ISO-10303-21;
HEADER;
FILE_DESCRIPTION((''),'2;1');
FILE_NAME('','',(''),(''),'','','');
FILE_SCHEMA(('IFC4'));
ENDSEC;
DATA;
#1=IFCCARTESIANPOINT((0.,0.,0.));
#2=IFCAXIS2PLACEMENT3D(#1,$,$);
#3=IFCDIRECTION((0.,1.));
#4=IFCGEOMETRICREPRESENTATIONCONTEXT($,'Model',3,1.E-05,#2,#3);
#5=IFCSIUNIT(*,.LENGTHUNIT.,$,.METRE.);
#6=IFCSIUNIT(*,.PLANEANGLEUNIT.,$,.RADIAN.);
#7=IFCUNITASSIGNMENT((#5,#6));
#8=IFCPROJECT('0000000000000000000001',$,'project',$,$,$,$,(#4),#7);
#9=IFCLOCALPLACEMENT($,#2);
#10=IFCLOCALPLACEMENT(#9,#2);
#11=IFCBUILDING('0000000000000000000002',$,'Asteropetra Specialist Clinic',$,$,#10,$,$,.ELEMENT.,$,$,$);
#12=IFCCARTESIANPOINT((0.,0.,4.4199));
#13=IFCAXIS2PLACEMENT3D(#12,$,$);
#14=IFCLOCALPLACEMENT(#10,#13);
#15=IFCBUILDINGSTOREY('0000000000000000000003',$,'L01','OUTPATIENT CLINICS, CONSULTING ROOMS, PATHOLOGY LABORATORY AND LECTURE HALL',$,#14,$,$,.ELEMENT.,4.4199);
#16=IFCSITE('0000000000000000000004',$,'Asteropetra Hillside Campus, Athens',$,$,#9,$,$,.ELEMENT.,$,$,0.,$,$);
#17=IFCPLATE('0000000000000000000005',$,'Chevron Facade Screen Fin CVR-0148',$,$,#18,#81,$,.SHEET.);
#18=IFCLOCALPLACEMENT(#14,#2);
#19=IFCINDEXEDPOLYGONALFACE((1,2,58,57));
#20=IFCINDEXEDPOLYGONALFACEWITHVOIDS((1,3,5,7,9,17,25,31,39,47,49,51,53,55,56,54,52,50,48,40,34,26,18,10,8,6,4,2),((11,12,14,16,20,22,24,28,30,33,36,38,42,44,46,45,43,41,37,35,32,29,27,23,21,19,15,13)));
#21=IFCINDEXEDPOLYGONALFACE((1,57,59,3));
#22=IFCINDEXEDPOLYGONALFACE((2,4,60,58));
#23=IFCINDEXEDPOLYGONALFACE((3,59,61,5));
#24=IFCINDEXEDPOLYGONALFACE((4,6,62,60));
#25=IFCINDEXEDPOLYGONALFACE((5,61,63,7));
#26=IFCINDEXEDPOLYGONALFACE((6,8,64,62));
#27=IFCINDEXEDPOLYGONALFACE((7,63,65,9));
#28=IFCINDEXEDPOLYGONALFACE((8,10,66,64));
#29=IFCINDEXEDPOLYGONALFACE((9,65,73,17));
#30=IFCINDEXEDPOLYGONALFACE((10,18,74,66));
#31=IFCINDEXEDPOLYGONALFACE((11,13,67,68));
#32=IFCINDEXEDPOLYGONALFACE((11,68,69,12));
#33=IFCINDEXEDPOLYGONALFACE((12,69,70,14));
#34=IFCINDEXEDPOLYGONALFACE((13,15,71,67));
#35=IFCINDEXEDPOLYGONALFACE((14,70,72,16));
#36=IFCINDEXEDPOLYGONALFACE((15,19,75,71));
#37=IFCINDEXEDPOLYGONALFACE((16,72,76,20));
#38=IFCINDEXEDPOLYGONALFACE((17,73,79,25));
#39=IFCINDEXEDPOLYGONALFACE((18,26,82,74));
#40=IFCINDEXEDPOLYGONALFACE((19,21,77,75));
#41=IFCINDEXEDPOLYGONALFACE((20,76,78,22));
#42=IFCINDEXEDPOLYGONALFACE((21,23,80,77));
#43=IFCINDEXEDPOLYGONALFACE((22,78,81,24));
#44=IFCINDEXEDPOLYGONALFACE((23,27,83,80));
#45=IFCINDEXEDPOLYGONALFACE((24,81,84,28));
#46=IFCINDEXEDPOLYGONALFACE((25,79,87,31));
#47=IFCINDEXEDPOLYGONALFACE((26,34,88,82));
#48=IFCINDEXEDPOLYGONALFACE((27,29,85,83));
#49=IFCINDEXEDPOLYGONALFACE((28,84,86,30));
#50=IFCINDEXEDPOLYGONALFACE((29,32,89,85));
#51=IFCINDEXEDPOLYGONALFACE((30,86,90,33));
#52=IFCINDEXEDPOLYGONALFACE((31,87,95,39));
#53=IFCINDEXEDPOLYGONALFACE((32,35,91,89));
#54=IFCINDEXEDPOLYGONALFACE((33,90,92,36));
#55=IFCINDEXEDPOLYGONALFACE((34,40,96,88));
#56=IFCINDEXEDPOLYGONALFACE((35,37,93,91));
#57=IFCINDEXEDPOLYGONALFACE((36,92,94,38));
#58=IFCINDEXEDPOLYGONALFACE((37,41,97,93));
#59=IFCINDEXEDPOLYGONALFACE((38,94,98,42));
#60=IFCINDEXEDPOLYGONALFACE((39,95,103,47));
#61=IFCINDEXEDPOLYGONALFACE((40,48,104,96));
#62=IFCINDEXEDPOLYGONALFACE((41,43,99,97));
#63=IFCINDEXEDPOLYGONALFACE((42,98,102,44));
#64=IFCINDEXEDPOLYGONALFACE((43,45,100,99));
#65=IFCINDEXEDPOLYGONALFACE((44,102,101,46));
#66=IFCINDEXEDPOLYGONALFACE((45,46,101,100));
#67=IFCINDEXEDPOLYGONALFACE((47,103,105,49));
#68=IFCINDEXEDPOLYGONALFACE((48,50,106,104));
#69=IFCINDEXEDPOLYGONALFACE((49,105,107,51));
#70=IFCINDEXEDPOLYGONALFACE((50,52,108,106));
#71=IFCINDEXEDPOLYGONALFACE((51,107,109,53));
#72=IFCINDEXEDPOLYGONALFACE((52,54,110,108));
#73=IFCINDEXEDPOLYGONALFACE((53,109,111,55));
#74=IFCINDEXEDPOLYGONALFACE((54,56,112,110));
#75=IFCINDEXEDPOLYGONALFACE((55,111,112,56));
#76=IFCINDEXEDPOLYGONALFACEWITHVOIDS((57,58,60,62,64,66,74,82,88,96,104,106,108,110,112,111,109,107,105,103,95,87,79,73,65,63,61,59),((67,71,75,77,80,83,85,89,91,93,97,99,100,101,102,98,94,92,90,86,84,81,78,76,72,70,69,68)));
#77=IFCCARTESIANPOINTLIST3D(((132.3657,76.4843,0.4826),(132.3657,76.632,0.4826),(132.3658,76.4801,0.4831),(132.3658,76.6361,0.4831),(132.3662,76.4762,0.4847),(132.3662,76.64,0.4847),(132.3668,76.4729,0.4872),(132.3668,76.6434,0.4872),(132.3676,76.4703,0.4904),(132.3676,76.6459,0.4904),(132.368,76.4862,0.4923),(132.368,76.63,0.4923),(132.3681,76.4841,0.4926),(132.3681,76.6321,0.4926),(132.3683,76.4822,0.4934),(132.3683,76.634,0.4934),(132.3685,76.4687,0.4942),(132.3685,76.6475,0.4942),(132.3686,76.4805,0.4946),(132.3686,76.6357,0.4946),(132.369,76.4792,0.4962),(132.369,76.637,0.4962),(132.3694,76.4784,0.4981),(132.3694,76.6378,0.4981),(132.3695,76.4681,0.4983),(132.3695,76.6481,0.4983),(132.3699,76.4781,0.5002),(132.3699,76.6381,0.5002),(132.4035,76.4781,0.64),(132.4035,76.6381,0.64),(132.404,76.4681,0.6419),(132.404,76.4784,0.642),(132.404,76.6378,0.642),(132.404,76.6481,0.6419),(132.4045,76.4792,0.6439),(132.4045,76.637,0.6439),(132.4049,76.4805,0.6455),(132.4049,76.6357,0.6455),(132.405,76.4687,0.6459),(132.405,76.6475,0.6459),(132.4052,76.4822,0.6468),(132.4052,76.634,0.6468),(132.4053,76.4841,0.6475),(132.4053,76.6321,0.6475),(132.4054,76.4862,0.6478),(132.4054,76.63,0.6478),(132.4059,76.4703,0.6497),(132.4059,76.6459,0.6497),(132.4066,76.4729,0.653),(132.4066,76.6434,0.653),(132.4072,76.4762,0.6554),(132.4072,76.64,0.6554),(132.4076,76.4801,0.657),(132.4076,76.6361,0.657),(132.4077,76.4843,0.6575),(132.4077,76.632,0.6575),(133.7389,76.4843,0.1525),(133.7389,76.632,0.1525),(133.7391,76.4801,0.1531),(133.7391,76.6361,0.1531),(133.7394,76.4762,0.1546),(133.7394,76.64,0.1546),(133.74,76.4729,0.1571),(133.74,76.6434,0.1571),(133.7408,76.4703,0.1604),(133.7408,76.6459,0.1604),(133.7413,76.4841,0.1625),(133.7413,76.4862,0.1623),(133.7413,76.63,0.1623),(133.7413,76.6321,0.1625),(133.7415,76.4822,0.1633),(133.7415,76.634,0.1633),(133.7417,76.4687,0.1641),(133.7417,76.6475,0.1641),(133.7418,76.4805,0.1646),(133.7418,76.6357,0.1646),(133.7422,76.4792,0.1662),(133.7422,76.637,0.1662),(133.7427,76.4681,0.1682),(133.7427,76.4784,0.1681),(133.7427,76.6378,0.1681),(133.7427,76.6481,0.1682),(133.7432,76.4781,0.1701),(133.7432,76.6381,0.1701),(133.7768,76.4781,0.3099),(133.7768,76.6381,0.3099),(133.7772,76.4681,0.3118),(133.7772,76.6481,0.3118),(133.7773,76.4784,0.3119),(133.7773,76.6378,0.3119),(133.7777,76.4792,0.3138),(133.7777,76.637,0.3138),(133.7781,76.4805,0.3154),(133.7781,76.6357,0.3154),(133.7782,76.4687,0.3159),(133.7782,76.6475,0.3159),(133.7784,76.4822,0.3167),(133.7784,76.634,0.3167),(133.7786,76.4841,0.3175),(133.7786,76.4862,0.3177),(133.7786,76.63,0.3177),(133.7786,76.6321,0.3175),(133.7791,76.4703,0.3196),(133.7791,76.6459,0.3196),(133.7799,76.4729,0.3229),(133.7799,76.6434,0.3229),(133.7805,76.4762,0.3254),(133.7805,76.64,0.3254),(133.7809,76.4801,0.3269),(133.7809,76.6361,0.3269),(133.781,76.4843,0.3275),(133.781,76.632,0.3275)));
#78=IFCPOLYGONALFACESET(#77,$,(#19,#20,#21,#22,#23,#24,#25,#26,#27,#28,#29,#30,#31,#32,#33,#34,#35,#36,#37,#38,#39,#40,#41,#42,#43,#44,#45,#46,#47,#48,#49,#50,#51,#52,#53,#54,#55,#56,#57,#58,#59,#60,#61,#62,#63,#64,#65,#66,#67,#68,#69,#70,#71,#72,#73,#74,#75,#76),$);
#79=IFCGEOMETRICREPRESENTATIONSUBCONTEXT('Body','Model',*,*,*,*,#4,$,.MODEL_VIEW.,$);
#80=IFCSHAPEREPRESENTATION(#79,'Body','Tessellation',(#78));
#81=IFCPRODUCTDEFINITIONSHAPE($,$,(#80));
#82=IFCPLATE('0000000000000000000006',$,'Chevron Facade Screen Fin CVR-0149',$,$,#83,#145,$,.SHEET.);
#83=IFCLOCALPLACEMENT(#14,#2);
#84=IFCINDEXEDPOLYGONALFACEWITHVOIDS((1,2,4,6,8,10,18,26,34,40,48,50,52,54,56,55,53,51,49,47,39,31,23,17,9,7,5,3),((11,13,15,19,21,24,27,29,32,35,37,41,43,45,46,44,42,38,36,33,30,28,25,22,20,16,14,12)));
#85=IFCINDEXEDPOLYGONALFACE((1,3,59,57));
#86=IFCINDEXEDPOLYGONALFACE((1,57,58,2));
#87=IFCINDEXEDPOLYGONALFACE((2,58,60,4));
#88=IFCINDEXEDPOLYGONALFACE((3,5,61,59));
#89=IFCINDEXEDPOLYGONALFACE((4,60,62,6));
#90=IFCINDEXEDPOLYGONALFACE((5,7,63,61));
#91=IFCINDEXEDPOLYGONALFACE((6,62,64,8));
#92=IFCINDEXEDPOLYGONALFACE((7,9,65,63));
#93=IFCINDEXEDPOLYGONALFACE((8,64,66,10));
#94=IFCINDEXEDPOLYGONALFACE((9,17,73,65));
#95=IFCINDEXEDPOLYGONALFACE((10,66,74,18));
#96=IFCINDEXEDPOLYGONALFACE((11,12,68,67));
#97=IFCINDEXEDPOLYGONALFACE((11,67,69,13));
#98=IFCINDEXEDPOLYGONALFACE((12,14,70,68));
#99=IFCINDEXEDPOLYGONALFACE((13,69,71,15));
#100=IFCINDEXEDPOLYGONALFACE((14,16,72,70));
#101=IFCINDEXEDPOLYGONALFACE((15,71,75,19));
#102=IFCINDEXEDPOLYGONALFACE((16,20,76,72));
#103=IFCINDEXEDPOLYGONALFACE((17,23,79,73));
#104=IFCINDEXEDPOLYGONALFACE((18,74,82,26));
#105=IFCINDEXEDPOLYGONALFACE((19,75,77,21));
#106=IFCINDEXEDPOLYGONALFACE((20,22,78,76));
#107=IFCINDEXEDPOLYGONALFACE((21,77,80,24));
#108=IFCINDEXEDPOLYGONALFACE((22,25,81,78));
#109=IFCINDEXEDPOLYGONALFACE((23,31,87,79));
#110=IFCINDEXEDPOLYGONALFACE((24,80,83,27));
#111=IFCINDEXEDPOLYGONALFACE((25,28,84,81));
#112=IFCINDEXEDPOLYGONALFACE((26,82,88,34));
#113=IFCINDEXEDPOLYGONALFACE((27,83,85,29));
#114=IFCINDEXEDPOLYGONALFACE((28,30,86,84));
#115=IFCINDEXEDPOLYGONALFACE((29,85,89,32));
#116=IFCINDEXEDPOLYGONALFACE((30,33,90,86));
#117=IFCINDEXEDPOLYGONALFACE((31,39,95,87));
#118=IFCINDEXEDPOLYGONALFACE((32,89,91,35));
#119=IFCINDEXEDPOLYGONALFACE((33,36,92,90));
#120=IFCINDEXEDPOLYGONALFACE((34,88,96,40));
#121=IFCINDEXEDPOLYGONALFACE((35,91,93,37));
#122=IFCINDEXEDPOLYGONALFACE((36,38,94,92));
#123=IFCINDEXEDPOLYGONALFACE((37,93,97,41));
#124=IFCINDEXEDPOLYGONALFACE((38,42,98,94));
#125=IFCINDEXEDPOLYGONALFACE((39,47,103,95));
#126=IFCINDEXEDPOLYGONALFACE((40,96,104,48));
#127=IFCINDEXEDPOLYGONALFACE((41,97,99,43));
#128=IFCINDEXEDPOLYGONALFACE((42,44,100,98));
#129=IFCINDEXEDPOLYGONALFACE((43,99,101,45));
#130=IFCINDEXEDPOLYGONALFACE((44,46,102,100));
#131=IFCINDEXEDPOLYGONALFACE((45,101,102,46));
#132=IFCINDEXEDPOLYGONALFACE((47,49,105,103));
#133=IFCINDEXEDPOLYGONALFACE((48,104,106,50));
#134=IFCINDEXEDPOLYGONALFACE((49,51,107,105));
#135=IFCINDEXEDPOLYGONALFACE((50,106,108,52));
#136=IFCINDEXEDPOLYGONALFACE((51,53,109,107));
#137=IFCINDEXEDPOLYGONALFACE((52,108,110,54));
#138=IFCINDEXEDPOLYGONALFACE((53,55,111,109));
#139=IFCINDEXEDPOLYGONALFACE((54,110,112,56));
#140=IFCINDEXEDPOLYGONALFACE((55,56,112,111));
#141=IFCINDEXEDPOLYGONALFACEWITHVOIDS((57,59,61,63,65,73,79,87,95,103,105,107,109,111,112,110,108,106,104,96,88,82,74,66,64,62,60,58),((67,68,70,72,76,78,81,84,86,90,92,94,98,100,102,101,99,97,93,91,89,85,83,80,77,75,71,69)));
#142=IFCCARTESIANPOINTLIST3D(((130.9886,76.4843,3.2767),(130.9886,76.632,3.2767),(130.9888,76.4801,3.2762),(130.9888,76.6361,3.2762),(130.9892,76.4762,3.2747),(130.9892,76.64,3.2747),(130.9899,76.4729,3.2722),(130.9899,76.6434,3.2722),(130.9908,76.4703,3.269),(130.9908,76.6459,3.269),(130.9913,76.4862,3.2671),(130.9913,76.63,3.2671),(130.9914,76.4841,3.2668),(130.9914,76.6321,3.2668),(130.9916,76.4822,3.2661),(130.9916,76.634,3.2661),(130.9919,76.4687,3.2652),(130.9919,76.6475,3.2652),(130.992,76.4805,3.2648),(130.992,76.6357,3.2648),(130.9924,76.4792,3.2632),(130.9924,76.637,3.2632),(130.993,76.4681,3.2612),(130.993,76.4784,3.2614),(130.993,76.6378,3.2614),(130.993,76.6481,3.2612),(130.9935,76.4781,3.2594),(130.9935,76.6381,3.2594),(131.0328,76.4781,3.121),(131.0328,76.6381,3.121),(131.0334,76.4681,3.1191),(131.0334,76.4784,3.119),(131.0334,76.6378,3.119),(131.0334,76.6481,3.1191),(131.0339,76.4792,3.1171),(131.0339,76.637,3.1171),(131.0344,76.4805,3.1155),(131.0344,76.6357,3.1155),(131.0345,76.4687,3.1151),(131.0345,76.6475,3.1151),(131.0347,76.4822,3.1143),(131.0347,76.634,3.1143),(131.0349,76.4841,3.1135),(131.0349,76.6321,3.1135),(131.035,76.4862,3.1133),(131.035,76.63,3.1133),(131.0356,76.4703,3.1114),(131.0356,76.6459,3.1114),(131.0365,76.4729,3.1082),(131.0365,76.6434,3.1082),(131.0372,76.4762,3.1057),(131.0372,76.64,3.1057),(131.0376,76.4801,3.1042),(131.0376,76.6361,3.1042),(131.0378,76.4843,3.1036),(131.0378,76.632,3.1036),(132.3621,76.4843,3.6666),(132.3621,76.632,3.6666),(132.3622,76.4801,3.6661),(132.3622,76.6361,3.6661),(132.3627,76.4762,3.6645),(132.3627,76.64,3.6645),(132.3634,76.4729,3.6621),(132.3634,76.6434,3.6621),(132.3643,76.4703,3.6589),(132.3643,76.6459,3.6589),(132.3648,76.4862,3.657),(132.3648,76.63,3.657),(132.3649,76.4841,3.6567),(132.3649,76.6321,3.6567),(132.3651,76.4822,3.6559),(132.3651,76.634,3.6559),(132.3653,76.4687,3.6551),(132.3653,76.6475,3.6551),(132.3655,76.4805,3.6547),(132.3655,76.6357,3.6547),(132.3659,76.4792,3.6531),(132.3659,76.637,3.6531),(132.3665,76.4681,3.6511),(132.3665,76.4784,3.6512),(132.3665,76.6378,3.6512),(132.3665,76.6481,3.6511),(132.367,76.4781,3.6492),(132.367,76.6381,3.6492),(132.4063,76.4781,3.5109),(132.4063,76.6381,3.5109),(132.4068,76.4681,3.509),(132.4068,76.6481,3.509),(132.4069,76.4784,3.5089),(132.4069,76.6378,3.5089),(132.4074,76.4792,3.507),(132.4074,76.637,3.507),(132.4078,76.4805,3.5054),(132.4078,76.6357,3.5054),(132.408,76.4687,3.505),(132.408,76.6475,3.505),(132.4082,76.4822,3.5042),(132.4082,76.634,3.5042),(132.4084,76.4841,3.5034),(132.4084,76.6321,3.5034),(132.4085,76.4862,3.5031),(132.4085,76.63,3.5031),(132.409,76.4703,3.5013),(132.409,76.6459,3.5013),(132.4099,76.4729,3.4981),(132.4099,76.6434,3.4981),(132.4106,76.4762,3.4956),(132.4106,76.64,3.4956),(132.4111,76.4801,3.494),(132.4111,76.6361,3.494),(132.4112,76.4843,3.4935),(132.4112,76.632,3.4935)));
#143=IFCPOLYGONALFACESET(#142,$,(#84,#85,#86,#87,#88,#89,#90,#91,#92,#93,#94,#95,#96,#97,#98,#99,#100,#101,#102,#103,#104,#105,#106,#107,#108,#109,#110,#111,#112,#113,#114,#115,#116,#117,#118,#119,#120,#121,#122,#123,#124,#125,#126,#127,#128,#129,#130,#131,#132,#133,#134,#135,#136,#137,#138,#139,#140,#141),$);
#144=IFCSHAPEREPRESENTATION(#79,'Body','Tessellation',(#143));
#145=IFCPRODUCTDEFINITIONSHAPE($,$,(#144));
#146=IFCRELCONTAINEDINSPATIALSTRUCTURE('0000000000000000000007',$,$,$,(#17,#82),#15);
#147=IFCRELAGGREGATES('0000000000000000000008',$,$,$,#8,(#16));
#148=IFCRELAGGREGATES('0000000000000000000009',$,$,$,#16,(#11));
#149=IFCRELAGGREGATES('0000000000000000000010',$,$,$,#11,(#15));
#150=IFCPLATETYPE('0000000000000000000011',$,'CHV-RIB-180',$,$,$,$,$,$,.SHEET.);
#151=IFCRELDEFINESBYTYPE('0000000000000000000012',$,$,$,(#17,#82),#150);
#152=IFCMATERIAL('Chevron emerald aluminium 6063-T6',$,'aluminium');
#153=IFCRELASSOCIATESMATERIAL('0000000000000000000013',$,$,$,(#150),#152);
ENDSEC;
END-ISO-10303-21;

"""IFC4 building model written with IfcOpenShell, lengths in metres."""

from ifc_helpers import new_model, si_unit, direction, frame, origin, origin_2d, place, context, subcontext, project, spatial, hollow_rectangle, extrude, material, material_profile, profile_set, type_object, element, save


model = new_model("IFC4")

# Units and contexts
model_context = context("Model", 3, precision=1e-05, world=origin(), true_north=direction((0.0, 1.0)))
body_context = subcontext(model_context, "Body", "Model", "MODEL_VIEW")
ifc_project = project(units=[si_unit("LENGTHUNIT", "METRE"), si_unit("PLANEANGLEUNIT", "RADIAN")], contexts=[model_context])

# Site, building, storey
site_placement = place(None, origin())
site = spatial("IfcSite", under=ifc_project, at=site_placement, Name="Asteropetra Hillside Campus, Athens", CompositionType="ELEMENT", RefElevation=0.0)
building_placement = place(site_placement, origin())
building = spatial("IfcBuilding", under=site, at=building_placement, Name="Asteropetra Specialist Clinic", CompositionType="ELEMENT")
storey_placement = place(building_placement, frame((0.0, 0.0, 4.4199)))
storey = spatial("IfcBuildingStorey", under=building, at=storey_placement, Name="L01", Description="OUTPATIENT CLINICS, CONSULTING ROOMS, PATHOLOGY LABORATORY AND LECTURE HALL", CompositionType="ELEMENT", Elevation=4.4199)

# Plates
ifc_material_1 = material(Name="Chevron emerald aluminium 6063-T6", Category="aluminium")
ifc_material_profile = material_profile(ifc_material_1, hollow_rectangle(XDim=0.1799, YDim=0.1799, WallThickness=0.01, InnerFilletRadius=0.0081, OuterFilletRadius=0.0161, at=origin_2d()), Name="SHS 180x180x10.0")
ifc_profile_set = profile_set([ifc_material_profile], Name="Chevron emerald aluminium 6063-T6")
plate_type = type_object("IfcPlateType", Name="CHV-RIB-180", PredefinedType="SHEET", material=ifc_profile_set)
plate_1_placement = place(storey_placement, frame((132.3867, 76.5581, 0.5701), z_axis=(0.972309, 0.0, -0.2337), x_axis=(0.0, 1.0, 0.0)))
element("IfcPlate", 1, at=plate_1_placement, inside=storey, type_object=plate_type, Name="Chevron Facade Screen Fin CVR-0148", PredefinedType="SHEET", context=body_context, shape_type="SweptSolid", body=[
    extrude(hollow_rectangle(XDim=0.1799, YDim=0.1799, WallThickness=0.01, InnerFilletRadius=0.0081, OuterFilletRadius=0.0161, at=origin_2d()), origin(), (0.0, 0.0, 1.0), 1.4124),
])
plate_2_placement = place(storey_placement, frame((131.0132, 76.5581, 3.1902), z_axis=(0.961994, 0.0, 0.273072), x_axis=(0.0, 1.0, 0.0)))
element("IfcPlate", 2, at=plate_2_placement, inside=storey, type_object=plate_type, Name="Chevron Facade Screen Fin CVR-0149", PredefinedType="SHEET", context=body_context, shape_type="SweptSolid", body=[
    extrude(hollow_rectangle(XDim=0.1799, YDim=0.1799, WallThickness=0.01, InnerFilletRadius=0.0081, OuterFilletRadius=0.0161, at=origin_2d()), origin(), (0.0, 0.0, 1.0), 1.4277),
])

save(model, "model.ifc")
